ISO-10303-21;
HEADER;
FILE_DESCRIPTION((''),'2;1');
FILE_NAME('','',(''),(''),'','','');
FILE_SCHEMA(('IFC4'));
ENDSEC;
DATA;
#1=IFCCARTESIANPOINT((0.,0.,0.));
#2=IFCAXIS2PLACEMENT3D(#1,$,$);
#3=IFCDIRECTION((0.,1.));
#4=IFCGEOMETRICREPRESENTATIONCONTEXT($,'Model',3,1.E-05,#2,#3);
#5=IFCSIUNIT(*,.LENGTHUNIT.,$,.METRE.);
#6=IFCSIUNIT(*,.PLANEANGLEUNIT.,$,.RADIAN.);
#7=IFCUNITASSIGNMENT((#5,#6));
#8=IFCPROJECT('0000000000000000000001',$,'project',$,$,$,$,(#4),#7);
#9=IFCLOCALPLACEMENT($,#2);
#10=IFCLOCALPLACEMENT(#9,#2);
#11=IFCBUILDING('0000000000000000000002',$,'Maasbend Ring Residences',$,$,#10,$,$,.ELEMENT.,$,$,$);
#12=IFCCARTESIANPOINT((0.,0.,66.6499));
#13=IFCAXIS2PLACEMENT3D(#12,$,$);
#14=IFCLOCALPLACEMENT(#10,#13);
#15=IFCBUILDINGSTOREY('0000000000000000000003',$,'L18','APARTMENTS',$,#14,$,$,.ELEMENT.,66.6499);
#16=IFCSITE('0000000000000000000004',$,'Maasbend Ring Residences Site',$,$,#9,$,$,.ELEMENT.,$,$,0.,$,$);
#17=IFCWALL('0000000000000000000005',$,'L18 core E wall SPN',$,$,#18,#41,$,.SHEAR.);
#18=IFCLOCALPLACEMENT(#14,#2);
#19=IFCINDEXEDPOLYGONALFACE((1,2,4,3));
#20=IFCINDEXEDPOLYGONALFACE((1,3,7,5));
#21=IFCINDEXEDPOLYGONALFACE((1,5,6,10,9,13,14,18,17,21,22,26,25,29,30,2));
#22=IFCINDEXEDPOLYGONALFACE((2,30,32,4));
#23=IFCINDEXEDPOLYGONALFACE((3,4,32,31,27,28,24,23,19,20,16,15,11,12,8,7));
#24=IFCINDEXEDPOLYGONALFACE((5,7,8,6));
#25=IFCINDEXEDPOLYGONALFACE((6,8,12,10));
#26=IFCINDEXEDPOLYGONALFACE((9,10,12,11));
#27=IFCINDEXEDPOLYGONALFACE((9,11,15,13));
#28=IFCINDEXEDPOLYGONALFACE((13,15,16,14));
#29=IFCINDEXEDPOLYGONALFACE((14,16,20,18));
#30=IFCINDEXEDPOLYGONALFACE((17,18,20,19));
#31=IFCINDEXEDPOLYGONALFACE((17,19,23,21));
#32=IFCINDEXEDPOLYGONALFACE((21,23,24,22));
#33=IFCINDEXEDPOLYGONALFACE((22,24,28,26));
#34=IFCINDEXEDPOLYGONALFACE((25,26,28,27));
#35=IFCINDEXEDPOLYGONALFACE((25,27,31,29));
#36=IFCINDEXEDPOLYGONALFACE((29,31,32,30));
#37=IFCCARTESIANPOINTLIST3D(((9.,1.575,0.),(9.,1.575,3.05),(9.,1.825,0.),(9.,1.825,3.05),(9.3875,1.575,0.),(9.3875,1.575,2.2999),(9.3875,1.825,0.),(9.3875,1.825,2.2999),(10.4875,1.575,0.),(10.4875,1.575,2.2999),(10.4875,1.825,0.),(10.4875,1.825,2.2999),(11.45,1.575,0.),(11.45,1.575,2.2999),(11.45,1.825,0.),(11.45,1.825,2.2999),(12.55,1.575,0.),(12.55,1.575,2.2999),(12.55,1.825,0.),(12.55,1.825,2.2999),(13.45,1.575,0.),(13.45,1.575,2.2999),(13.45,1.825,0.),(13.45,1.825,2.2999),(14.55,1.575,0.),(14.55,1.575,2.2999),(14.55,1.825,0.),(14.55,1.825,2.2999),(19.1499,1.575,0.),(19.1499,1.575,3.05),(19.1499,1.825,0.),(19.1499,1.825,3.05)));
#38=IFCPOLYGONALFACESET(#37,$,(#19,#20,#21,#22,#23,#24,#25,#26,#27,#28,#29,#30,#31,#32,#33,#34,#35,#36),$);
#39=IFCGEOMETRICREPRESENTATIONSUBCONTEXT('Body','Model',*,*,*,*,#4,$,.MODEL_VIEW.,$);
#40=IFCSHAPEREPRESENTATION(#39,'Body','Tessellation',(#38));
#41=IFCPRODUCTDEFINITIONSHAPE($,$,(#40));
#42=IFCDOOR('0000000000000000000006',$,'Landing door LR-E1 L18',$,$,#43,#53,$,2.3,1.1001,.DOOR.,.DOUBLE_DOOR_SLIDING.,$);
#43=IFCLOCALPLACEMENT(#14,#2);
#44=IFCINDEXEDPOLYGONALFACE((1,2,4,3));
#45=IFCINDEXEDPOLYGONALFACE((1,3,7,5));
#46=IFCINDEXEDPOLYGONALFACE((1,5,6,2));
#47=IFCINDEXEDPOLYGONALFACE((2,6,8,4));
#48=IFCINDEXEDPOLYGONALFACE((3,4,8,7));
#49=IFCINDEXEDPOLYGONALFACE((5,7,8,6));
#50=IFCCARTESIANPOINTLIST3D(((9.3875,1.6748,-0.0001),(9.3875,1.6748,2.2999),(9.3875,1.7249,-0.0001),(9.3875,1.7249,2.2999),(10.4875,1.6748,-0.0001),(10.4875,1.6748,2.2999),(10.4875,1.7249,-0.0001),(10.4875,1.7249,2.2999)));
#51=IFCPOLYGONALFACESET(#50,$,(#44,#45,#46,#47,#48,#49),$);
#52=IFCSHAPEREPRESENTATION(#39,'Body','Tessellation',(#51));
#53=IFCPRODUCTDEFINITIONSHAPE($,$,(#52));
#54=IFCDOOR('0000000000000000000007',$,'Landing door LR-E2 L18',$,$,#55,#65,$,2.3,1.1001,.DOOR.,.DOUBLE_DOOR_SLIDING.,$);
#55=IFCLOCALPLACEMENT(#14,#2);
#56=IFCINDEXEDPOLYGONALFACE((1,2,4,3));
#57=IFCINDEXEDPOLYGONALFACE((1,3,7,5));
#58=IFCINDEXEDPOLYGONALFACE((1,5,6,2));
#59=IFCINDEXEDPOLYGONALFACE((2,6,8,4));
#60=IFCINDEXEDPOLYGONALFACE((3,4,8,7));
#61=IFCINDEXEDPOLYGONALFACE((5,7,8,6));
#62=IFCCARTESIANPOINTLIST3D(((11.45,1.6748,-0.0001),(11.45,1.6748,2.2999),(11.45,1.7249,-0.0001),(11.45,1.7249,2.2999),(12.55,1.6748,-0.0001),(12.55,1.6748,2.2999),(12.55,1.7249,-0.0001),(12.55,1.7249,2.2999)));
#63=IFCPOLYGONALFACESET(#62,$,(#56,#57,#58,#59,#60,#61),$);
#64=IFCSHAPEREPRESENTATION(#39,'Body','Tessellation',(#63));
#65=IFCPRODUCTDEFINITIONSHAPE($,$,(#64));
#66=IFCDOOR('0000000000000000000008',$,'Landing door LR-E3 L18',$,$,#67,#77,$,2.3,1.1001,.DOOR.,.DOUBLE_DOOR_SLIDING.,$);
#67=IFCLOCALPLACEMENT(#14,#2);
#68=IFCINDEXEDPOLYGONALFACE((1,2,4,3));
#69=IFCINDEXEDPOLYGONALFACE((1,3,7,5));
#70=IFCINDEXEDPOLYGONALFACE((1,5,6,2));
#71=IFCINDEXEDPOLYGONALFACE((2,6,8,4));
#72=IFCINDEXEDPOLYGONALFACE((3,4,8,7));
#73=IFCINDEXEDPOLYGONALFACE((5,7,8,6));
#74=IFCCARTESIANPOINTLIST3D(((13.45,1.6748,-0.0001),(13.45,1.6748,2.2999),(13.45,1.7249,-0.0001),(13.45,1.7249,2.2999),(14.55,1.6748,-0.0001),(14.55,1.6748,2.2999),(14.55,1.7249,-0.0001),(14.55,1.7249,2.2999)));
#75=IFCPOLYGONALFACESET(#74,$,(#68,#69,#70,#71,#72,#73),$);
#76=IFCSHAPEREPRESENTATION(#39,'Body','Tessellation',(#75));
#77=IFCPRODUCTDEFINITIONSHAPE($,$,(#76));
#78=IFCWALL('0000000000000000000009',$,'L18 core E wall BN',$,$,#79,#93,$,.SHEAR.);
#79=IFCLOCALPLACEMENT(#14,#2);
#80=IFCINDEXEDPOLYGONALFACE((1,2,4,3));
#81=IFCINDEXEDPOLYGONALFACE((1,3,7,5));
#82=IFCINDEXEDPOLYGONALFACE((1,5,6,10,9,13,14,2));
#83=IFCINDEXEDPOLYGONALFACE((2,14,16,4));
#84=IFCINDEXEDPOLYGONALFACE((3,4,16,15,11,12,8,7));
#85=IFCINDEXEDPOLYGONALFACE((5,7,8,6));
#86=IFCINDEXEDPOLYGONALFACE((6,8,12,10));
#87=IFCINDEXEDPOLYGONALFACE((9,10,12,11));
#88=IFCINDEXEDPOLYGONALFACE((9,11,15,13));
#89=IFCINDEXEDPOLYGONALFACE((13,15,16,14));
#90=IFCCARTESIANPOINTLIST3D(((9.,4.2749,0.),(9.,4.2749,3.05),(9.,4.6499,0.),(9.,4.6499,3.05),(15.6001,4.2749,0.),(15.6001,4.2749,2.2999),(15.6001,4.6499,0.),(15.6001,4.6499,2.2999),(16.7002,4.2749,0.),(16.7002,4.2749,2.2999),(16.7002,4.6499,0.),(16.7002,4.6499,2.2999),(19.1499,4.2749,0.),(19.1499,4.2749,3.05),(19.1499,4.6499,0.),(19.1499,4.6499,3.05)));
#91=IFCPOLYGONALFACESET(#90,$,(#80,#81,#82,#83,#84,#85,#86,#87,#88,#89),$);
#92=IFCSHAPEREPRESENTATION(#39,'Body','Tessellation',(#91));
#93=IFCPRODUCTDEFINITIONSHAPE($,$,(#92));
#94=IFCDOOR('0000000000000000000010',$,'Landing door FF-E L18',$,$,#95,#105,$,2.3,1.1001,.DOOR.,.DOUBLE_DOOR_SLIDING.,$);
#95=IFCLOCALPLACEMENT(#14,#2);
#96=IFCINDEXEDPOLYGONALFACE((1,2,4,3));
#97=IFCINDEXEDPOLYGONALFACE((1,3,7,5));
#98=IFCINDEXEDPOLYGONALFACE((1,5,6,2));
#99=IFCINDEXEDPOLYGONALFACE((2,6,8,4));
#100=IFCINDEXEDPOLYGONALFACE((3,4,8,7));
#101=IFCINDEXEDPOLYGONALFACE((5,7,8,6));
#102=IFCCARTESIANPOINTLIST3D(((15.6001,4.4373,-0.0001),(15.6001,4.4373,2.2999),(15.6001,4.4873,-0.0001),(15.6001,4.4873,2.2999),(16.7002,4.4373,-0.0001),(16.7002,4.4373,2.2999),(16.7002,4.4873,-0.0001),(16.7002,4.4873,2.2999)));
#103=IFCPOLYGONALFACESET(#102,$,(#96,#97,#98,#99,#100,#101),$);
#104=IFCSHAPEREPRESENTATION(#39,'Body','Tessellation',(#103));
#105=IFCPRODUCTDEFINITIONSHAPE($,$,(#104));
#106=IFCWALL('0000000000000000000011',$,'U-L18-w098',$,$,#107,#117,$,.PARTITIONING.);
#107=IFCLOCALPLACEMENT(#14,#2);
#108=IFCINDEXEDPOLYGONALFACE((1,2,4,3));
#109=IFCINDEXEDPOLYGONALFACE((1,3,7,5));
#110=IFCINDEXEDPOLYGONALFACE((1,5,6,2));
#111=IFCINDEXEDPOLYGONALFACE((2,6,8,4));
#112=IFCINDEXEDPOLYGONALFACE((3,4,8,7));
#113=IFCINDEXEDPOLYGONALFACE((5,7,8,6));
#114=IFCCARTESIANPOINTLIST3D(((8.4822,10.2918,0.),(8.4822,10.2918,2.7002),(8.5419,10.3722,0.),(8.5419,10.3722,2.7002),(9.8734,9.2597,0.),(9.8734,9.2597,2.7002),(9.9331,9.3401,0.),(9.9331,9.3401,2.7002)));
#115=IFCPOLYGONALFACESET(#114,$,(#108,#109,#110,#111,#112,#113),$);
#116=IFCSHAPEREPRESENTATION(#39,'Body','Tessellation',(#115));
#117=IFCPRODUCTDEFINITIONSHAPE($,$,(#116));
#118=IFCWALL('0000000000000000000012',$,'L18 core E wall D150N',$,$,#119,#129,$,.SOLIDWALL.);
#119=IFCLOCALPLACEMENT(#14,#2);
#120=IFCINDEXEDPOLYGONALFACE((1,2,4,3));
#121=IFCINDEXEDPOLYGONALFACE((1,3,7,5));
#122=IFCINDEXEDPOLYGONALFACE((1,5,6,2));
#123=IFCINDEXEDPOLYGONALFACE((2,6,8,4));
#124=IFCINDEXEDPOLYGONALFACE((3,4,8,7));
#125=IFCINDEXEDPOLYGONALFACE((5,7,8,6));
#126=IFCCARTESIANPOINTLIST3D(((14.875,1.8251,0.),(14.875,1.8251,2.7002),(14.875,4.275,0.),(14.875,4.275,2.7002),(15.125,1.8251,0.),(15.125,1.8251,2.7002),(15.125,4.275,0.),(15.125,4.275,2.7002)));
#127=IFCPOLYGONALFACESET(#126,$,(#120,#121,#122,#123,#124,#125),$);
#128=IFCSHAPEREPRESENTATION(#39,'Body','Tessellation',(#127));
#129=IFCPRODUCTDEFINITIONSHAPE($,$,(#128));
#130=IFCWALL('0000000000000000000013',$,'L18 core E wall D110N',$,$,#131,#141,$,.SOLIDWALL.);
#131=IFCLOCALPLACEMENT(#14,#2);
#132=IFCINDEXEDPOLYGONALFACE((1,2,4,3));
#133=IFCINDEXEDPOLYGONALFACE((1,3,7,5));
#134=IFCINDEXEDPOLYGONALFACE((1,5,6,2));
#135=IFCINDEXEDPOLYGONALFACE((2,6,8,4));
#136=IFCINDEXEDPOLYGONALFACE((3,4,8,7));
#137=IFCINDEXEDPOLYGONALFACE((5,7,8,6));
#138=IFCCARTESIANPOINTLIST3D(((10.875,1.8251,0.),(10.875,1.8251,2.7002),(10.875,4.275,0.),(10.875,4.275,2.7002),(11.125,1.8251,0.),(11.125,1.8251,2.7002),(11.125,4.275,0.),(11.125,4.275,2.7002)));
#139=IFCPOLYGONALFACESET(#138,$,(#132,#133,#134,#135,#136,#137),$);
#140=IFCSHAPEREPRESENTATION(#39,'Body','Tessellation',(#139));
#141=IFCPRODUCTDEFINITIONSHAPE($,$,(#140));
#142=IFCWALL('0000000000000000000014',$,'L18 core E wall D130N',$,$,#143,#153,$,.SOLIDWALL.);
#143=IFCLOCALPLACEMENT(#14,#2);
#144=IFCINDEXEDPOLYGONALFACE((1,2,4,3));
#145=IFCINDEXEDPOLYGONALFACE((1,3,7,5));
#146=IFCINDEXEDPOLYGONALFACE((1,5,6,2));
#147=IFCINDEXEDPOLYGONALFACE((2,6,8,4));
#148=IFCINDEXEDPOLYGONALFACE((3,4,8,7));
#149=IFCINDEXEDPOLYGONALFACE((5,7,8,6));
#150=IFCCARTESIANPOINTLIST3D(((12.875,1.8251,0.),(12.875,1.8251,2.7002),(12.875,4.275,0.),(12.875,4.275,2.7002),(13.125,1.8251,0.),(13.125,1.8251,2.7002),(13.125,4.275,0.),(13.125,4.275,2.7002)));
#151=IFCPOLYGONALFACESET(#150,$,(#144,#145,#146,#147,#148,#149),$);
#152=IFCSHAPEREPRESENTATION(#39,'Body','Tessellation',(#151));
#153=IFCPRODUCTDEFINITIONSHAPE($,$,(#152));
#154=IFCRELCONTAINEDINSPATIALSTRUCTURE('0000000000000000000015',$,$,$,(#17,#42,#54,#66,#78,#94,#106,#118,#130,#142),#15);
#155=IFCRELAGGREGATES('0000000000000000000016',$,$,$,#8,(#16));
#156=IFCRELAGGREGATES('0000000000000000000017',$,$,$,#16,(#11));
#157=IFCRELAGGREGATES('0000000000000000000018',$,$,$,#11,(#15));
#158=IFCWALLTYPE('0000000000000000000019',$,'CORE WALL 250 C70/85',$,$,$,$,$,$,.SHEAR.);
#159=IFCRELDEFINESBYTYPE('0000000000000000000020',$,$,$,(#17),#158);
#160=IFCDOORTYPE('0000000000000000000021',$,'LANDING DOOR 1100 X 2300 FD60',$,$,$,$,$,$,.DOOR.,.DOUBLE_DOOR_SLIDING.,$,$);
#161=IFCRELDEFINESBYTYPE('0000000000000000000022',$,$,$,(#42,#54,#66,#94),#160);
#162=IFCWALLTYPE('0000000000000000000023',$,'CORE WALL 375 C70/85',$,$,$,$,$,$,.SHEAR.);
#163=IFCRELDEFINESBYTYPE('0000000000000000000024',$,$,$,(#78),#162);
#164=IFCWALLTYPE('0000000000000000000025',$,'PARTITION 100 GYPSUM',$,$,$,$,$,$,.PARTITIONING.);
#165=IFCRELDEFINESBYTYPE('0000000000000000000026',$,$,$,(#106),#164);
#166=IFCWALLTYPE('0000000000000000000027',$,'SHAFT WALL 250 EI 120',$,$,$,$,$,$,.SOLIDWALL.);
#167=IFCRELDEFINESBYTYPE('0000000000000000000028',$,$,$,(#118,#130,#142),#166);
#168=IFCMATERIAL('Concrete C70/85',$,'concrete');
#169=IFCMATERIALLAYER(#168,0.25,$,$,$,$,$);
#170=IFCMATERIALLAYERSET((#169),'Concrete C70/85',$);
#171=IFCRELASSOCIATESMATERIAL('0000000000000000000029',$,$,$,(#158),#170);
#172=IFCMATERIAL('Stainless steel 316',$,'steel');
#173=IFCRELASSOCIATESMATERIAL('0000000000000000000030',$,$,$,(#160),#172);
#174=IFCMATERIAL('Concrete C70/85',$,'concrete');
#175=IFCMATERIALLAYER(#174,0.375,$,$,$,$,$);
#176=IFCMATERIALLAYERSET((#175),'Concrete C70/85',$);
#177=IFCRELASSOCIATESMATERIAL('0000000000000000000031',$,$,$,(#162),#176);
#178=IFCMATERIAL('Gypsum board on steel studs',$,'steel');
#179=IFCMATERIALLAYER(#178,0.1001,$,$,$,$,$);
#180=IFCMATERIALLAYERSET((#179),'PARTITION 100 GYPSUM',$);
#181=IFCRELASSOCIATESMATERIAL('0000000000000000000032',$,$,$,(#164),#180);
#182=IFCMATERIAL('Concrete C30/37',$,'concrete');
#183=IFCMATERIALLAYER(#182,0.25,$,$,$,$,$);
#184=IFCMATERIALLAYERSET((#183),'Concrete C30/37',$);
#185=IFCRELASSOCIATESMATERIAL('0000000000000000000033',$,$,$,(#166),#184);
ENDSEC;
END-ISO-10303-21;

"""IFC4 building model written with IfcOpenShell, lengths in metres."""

from ifc_helpers import new_model, si_unit, direction, frame, frame_2d, origin, place, context, subcontext, project, spatial, rectangle, extrude, material, layer, layer_set, type_object, element, fill, save


model = new_model("IFC4")

# Units and contexts
model_context = context("Model", 3, precision=1e-05, world=origin(), true_north=direction((0.0, 1.0)))
body_context = subcontext(model_context, "Body", "Model", "MODEL_VIEW")
ifc_project = project(units=[si_unit("LENGTHUNIT", "METRE"), si_unit("PLANEANGLEUNIT", "RADIAN")], contexts=[model_context])

# Site, building, storey
site_placement = place(None, origin())
site = spatial("IfcSite", under=ifc_project, at=site_placement, Name="Maasbend Ring Residences Site", CompositionType="ELEMENT", RefElevation=0.0)
building_placement = place(site_placement, origin())
building = spatial("IfcBuilding", under=site, at=building_placement, Name="Maasbend Ring Residences", CompositionType="ELEMENT")
storey_placement = place(building_placement, frame((0.0, 0.0, 66.6499)))
storey = spatial("IfcBuildingStorey", under=building, at=storey_placement, Name="L18", Description="APARTMENTS", CompositionType="ELEMENT", Elevation=66.6499)

# Wall, openings, doors
ifc_material_1 = material(Name="Concrete C70/85", Category="concrete")
ifc_layer_1 = layer(ifc_material_1, 0.25)
ifc_layer_set_1 = layer_set([ifc_layer_1], Name="Concrete C70/85")
wall_type_1 = type_object("IfcWallType", Name="CORE WALL 250 C70/85", PredefinedType="SHEAR", material=ifc_layer_set_1)
wall_1_placement = place(storey_placement, frame((9.0, 1.7, 0.0), z_axis=(0.0, 0.0, 1.0), x_axis=(1.0, 0.0, 0.0)))
wall_1 = element("IfcWall", 1, at=wall_1_placement, inside=storey, type_object=wall_type_1, Name="L18 core E wall SPN", PredefinedType="SHEAR", context=body_context, shape_type="SweptSolid", body=[
    extrude(rectangle(XDim=10.1499, YDim=0.25, at=frame_2d((5.075, 0.0))), origin(), (0.0, 0.0, 1.0), 3.05),
])
opening_1_placement = place(wall_1_placement, frame((0.3875, 0.0, 0.0)))
opening_1 = element("IfcOpeningElement", 2, at=opening_1_placement, cuts=wall_1, PredefinedType="OPENING", context=body_context, shape_type="SweptSolid", body=[
    extrude(rectangle(XDim=1.1001, YDim=2.3, at=frame_2d((0.55, 1.1499))), frame((0.0, 0.135, 0.0), z_axis=(0.0, -1.0, 0.0), x_axis=(1.0, 0.0, 0.0)), (0.0, 0.0, 1.0), 0.27),
])
opening_2_placement = place(wall_1_placement, frame((2.45, 0.0, 0.0)))
opening_2 = element("IfcOpeningElement", 3, at=opening_2_placement, cuts=wall_1, PredefinedType="OPENING", context=body_context, shape_type="SweptSolid", body=[
    extrude(rectangle(XDim=1.1001, YDim=2.3, at=frame_2d((0.55, 1.1499))), frame((0.0, 0.135, 0.0), z_axis=(0.0, -1.0, 0.0), x_axis=(1.0, 0.0, 0.0)), (0.0, 0.0, 1.0), 0.27),
])
opening_3_placement = place(wall_1_placement, frame((4.45, 0.0, 0.0)))
opening_3 = element("IfcOpeningElement", 4, at=opening_3_placement, cuts=wall_1, PredefinedType="OPENING", context=body_context, shape_type="SweptSolid", body=[
    extrude(rectangle(XDim=1.1001, YDim=2.3, at=frame_2d((0.55, 1.1499))), frame((0.0, 0.135, 0.0), z_axis=(0.0, -1.0, 0.0), x_axis=(1.0, 0.0, 0.0)), (0.0, 0.0, 1.0), 0.27),
])
ifc_material_2 = material(Name="Stainless steel 316", Category="steel")
door_type = type_object("IfcDoorType", Name="LANDING DOOR 1100 X 2300 FD60", OperationType="DOUBLE_DOOR_SLIDING", PredefinedType="DOOR", material=ifc_material_2)
door_1_placement = place(opening_1_placement, origin())
door_1 = element("IfcDoor", 5, at=door_1_placement, inside=storey, type_object=door_type, Name="Landing door LR-E1 L18", OperationType="DOUBLE_DOOR_SLIDING", OverallHeight=2.3, OverallWidth=1.1001, PredefinedType="DOOR", context=body_context, shape_type="SweptSolid", body=[
    extrude(rectangle(XDim=1.1001, YDim=2.3, at=frame_2d((0.55, 1.1499))), frame((0.0, 0.0249, 0.0), z_axis=(0.0, -1.0, 0.0), x_axis=(1.0, 0.0, 0.0)), (0.0, 0.0, 1.0), 0.05),
])
fill(opening_1, door_1)
door_2_placement = place(opening_2_placement, origin())
door_2 = element("IfcDoor", 6, at=door_2_placement, inside=storey, type_object=door_type, Name="Landing door LR-E2 L18", OperationType="DOUBLE_DOOR_SLIDING", OverallHeight=2.3, OverallWidth=1.1001, PredefinedType="DOOR", context=body_context, shape_type="SweptSolid", body=[
    extrude(rectangle(XDim=1.1001, YDim=2.3, at=frame_2d((0.55, 1.1499))), frame((0.0, 0.0249, 0.0), z_axis=(0.0, -1.0, 0.0), x_axis=(1.0, 0.0, 0.0)), (0.0, 0.0, 1.0), 0.05),
])
fill(opening_2, door_2)
door_3_placement = place(opening_3_placement, origin())
door_3 = element("IfcDoor", 7, at=door_3_placement, inside=storey, type_object=door_type, Name="Landing door LR-E3 L18", OperationType="DOUBLE_DOOR_SLIDING", OverallHeight=2.3, OverallWidth=1.1001, PredefinedType="DOOR", context=body_context, shape_type="SweptSolid", body=[
    extrude(rectangle(XDim=1.1001, YDim=2.3, at=frame_2d((0.55, 1.1499))), frame((0.0, 0.0249, 0.0), z_axis=(0.0, -1.0, 0.0), x_axis=(1.0, 0.0, 0.0)), (0.0, 0.0, 1.0), 0.05),
])
fill(opening_3, door_3)

# Wall, opening, door
ifc_material_3 = material(Name="Concrete C70/85", Category="concrete")
ifc_layer_2 = layer(ifc_material_3, 0.375)
ifc_layer_set_2 = layer_set([ifc_layer_2], Name="Concrete C70/85")
wall_type_2 = type_object("IfcWallType", Name="CORE WALL 375 C70/85", PredefinedType="SHEAR", material=ifc_layer_set_2)
wall_2_placement = place(storey_placement, frame((9.0, 4.4624, 0.0), z_axis=(0.0, 0.0, 1.0), x_axis=(1.0, 0.0, 0.0)))
wall_2 = element("IfcWall", 8, at=wall_2_placement, inside=storey, type_object=wall_type_2, Name="L18 core E wall BN", PredefinedType="SHEAR", context=body_context, shape_type="SweptSolid", body=[
    extrude(rectangle(XDim=10.1499, YDim=0.375, at=frame_2d((5.075, 0.0))), origin(), (0.0, 0.0, 1.0), 3.05),
])
opening_4_placement = place(wall_2_placement, frame((6.6001, 0.0, 0.0)))
opening_4 = element("IfcOpeningElement", 9, at=opening_4_placement, cuts=wall_2, PredefinedType="OPENING", context=body_context, shape_type="SweptSolid", body=[
    extrude(rectangle(XDim=1.1001, YDim=2.3, at=frame_2d((0.55, 1.1499))), frame((0.0, 0.1975, 0.0), z_axis=(0.0, -1.0, 0.0), x_axis=(1.0, 0.0, 0.0)), (0.0, 0.0, 1.0), 0.395),
])
door_4_placement = place(opening_4_placement, origin())
door_4 = element("IfcDoor", 10, at=door_4_placement, inside=storey, type_object=door_type, Name="Landing door FF-E L18", OperationType="DOUBLE_DOOR_SLIDING", OverallHeight=2.3, OverallWidth=1.1001, PredefinedType="DOOR", context=body_context, shape_type="SweptSolid", body=[
    extrude(rectangle(XDim=1.1001, YDim=2.3, at=frame_2d((0.55, 1.1499))), frame((0.0, 0.0249, 0.0), z_axis=(0.0, -1.0, 0.0), x_axis=(1.0, 0.0, 0.0)), (0.0, 0.0, 1.0), 0.05),
])
fill(opening_4, door_4)

# Walls
ifc_material_4 = material(Name="Gypsum board on steel studs", Category="steel")
ifc_layer_3 = layer(ifc_material_4, 0.1001)
ifc_layer_set_3 = layer_set([ifc_layer_3], Name="PARTITION 100 GYPSUM")
wall_type_3 = type_object("IfcWallType", Name="PARTITION 100 GYPSUM", PredefinedType="PARTITIONING", material=ifc_layer_set_3)
wall_3_placement = place(storey_placement, frame((8.512, 10.332, 0.0), z_axis=(0.0, 0.0, 1.0), x_axis=(0.803135, -0.595797, 0.0)))
element("IfcWall", 11, at=wall_3_placement, inside=storey, type_object=wall_type_3, Name="U-L18-w098", PredefinedType="PARTITIONING", context=body_context, shape_type="SweptSolid", body=[
    extrude(rectangle(XDim=1.7322, YDim=0.1001, at=frame_2d((0.8662, 0.0))), origin(), (0.0, 0.0, 1.0), 2.7002),
])
ifc_material_5 = material(Name="Concrete C30/37", Category="concrete")
ifc_layer_4 = layer(ifc_material_5, 0.25)
ifc_layer_set_4 = layer_set([ifc_layer_4], Name="Concrete C30/37")
wall_type_4 = type_object("IfcWallType", Name="SHAFT WALL 250 EI 120", PredefinedType="SOLIDWALL", material=ifc_layer_set_4)
for number, where, z_axis, x_axis, name in (
    (12, (15.0, 1.825, 0.0), (0.0, 0.0, 1.0), (0.0, 1.0, 0.0), "L18 core E wall D150N"),
    (13, (11.0, 1.825, 0.0), (0.0, 0.0, 1.0), (0.0, 1.0, 0.0), "L18 core E wall D110N"),
    (14, (13.0, 1.825, 0.0), (0.0, 0.0, 1.0), (0.0, 1.0, 0.0), "L18 core E wall D130N"),
):
    element("IfcWall", number, at=place(storey_placement, frame(where, z_axis=z_axis, x_axis=x_axis)), inside=storey, type_object=wall_type_4, Name=name, PredefinedType="SOLIDWALL", context=body_context, shape_type="SweptSolid", body=[
        extrude(rectangle(XDim=2.45, YDim=0.25, at=frame_2d((1.2251, 0.0))), origin(), (0.0, 0.0, 1.0), 2.7002),
    ])

save(model, "model.ifc")
